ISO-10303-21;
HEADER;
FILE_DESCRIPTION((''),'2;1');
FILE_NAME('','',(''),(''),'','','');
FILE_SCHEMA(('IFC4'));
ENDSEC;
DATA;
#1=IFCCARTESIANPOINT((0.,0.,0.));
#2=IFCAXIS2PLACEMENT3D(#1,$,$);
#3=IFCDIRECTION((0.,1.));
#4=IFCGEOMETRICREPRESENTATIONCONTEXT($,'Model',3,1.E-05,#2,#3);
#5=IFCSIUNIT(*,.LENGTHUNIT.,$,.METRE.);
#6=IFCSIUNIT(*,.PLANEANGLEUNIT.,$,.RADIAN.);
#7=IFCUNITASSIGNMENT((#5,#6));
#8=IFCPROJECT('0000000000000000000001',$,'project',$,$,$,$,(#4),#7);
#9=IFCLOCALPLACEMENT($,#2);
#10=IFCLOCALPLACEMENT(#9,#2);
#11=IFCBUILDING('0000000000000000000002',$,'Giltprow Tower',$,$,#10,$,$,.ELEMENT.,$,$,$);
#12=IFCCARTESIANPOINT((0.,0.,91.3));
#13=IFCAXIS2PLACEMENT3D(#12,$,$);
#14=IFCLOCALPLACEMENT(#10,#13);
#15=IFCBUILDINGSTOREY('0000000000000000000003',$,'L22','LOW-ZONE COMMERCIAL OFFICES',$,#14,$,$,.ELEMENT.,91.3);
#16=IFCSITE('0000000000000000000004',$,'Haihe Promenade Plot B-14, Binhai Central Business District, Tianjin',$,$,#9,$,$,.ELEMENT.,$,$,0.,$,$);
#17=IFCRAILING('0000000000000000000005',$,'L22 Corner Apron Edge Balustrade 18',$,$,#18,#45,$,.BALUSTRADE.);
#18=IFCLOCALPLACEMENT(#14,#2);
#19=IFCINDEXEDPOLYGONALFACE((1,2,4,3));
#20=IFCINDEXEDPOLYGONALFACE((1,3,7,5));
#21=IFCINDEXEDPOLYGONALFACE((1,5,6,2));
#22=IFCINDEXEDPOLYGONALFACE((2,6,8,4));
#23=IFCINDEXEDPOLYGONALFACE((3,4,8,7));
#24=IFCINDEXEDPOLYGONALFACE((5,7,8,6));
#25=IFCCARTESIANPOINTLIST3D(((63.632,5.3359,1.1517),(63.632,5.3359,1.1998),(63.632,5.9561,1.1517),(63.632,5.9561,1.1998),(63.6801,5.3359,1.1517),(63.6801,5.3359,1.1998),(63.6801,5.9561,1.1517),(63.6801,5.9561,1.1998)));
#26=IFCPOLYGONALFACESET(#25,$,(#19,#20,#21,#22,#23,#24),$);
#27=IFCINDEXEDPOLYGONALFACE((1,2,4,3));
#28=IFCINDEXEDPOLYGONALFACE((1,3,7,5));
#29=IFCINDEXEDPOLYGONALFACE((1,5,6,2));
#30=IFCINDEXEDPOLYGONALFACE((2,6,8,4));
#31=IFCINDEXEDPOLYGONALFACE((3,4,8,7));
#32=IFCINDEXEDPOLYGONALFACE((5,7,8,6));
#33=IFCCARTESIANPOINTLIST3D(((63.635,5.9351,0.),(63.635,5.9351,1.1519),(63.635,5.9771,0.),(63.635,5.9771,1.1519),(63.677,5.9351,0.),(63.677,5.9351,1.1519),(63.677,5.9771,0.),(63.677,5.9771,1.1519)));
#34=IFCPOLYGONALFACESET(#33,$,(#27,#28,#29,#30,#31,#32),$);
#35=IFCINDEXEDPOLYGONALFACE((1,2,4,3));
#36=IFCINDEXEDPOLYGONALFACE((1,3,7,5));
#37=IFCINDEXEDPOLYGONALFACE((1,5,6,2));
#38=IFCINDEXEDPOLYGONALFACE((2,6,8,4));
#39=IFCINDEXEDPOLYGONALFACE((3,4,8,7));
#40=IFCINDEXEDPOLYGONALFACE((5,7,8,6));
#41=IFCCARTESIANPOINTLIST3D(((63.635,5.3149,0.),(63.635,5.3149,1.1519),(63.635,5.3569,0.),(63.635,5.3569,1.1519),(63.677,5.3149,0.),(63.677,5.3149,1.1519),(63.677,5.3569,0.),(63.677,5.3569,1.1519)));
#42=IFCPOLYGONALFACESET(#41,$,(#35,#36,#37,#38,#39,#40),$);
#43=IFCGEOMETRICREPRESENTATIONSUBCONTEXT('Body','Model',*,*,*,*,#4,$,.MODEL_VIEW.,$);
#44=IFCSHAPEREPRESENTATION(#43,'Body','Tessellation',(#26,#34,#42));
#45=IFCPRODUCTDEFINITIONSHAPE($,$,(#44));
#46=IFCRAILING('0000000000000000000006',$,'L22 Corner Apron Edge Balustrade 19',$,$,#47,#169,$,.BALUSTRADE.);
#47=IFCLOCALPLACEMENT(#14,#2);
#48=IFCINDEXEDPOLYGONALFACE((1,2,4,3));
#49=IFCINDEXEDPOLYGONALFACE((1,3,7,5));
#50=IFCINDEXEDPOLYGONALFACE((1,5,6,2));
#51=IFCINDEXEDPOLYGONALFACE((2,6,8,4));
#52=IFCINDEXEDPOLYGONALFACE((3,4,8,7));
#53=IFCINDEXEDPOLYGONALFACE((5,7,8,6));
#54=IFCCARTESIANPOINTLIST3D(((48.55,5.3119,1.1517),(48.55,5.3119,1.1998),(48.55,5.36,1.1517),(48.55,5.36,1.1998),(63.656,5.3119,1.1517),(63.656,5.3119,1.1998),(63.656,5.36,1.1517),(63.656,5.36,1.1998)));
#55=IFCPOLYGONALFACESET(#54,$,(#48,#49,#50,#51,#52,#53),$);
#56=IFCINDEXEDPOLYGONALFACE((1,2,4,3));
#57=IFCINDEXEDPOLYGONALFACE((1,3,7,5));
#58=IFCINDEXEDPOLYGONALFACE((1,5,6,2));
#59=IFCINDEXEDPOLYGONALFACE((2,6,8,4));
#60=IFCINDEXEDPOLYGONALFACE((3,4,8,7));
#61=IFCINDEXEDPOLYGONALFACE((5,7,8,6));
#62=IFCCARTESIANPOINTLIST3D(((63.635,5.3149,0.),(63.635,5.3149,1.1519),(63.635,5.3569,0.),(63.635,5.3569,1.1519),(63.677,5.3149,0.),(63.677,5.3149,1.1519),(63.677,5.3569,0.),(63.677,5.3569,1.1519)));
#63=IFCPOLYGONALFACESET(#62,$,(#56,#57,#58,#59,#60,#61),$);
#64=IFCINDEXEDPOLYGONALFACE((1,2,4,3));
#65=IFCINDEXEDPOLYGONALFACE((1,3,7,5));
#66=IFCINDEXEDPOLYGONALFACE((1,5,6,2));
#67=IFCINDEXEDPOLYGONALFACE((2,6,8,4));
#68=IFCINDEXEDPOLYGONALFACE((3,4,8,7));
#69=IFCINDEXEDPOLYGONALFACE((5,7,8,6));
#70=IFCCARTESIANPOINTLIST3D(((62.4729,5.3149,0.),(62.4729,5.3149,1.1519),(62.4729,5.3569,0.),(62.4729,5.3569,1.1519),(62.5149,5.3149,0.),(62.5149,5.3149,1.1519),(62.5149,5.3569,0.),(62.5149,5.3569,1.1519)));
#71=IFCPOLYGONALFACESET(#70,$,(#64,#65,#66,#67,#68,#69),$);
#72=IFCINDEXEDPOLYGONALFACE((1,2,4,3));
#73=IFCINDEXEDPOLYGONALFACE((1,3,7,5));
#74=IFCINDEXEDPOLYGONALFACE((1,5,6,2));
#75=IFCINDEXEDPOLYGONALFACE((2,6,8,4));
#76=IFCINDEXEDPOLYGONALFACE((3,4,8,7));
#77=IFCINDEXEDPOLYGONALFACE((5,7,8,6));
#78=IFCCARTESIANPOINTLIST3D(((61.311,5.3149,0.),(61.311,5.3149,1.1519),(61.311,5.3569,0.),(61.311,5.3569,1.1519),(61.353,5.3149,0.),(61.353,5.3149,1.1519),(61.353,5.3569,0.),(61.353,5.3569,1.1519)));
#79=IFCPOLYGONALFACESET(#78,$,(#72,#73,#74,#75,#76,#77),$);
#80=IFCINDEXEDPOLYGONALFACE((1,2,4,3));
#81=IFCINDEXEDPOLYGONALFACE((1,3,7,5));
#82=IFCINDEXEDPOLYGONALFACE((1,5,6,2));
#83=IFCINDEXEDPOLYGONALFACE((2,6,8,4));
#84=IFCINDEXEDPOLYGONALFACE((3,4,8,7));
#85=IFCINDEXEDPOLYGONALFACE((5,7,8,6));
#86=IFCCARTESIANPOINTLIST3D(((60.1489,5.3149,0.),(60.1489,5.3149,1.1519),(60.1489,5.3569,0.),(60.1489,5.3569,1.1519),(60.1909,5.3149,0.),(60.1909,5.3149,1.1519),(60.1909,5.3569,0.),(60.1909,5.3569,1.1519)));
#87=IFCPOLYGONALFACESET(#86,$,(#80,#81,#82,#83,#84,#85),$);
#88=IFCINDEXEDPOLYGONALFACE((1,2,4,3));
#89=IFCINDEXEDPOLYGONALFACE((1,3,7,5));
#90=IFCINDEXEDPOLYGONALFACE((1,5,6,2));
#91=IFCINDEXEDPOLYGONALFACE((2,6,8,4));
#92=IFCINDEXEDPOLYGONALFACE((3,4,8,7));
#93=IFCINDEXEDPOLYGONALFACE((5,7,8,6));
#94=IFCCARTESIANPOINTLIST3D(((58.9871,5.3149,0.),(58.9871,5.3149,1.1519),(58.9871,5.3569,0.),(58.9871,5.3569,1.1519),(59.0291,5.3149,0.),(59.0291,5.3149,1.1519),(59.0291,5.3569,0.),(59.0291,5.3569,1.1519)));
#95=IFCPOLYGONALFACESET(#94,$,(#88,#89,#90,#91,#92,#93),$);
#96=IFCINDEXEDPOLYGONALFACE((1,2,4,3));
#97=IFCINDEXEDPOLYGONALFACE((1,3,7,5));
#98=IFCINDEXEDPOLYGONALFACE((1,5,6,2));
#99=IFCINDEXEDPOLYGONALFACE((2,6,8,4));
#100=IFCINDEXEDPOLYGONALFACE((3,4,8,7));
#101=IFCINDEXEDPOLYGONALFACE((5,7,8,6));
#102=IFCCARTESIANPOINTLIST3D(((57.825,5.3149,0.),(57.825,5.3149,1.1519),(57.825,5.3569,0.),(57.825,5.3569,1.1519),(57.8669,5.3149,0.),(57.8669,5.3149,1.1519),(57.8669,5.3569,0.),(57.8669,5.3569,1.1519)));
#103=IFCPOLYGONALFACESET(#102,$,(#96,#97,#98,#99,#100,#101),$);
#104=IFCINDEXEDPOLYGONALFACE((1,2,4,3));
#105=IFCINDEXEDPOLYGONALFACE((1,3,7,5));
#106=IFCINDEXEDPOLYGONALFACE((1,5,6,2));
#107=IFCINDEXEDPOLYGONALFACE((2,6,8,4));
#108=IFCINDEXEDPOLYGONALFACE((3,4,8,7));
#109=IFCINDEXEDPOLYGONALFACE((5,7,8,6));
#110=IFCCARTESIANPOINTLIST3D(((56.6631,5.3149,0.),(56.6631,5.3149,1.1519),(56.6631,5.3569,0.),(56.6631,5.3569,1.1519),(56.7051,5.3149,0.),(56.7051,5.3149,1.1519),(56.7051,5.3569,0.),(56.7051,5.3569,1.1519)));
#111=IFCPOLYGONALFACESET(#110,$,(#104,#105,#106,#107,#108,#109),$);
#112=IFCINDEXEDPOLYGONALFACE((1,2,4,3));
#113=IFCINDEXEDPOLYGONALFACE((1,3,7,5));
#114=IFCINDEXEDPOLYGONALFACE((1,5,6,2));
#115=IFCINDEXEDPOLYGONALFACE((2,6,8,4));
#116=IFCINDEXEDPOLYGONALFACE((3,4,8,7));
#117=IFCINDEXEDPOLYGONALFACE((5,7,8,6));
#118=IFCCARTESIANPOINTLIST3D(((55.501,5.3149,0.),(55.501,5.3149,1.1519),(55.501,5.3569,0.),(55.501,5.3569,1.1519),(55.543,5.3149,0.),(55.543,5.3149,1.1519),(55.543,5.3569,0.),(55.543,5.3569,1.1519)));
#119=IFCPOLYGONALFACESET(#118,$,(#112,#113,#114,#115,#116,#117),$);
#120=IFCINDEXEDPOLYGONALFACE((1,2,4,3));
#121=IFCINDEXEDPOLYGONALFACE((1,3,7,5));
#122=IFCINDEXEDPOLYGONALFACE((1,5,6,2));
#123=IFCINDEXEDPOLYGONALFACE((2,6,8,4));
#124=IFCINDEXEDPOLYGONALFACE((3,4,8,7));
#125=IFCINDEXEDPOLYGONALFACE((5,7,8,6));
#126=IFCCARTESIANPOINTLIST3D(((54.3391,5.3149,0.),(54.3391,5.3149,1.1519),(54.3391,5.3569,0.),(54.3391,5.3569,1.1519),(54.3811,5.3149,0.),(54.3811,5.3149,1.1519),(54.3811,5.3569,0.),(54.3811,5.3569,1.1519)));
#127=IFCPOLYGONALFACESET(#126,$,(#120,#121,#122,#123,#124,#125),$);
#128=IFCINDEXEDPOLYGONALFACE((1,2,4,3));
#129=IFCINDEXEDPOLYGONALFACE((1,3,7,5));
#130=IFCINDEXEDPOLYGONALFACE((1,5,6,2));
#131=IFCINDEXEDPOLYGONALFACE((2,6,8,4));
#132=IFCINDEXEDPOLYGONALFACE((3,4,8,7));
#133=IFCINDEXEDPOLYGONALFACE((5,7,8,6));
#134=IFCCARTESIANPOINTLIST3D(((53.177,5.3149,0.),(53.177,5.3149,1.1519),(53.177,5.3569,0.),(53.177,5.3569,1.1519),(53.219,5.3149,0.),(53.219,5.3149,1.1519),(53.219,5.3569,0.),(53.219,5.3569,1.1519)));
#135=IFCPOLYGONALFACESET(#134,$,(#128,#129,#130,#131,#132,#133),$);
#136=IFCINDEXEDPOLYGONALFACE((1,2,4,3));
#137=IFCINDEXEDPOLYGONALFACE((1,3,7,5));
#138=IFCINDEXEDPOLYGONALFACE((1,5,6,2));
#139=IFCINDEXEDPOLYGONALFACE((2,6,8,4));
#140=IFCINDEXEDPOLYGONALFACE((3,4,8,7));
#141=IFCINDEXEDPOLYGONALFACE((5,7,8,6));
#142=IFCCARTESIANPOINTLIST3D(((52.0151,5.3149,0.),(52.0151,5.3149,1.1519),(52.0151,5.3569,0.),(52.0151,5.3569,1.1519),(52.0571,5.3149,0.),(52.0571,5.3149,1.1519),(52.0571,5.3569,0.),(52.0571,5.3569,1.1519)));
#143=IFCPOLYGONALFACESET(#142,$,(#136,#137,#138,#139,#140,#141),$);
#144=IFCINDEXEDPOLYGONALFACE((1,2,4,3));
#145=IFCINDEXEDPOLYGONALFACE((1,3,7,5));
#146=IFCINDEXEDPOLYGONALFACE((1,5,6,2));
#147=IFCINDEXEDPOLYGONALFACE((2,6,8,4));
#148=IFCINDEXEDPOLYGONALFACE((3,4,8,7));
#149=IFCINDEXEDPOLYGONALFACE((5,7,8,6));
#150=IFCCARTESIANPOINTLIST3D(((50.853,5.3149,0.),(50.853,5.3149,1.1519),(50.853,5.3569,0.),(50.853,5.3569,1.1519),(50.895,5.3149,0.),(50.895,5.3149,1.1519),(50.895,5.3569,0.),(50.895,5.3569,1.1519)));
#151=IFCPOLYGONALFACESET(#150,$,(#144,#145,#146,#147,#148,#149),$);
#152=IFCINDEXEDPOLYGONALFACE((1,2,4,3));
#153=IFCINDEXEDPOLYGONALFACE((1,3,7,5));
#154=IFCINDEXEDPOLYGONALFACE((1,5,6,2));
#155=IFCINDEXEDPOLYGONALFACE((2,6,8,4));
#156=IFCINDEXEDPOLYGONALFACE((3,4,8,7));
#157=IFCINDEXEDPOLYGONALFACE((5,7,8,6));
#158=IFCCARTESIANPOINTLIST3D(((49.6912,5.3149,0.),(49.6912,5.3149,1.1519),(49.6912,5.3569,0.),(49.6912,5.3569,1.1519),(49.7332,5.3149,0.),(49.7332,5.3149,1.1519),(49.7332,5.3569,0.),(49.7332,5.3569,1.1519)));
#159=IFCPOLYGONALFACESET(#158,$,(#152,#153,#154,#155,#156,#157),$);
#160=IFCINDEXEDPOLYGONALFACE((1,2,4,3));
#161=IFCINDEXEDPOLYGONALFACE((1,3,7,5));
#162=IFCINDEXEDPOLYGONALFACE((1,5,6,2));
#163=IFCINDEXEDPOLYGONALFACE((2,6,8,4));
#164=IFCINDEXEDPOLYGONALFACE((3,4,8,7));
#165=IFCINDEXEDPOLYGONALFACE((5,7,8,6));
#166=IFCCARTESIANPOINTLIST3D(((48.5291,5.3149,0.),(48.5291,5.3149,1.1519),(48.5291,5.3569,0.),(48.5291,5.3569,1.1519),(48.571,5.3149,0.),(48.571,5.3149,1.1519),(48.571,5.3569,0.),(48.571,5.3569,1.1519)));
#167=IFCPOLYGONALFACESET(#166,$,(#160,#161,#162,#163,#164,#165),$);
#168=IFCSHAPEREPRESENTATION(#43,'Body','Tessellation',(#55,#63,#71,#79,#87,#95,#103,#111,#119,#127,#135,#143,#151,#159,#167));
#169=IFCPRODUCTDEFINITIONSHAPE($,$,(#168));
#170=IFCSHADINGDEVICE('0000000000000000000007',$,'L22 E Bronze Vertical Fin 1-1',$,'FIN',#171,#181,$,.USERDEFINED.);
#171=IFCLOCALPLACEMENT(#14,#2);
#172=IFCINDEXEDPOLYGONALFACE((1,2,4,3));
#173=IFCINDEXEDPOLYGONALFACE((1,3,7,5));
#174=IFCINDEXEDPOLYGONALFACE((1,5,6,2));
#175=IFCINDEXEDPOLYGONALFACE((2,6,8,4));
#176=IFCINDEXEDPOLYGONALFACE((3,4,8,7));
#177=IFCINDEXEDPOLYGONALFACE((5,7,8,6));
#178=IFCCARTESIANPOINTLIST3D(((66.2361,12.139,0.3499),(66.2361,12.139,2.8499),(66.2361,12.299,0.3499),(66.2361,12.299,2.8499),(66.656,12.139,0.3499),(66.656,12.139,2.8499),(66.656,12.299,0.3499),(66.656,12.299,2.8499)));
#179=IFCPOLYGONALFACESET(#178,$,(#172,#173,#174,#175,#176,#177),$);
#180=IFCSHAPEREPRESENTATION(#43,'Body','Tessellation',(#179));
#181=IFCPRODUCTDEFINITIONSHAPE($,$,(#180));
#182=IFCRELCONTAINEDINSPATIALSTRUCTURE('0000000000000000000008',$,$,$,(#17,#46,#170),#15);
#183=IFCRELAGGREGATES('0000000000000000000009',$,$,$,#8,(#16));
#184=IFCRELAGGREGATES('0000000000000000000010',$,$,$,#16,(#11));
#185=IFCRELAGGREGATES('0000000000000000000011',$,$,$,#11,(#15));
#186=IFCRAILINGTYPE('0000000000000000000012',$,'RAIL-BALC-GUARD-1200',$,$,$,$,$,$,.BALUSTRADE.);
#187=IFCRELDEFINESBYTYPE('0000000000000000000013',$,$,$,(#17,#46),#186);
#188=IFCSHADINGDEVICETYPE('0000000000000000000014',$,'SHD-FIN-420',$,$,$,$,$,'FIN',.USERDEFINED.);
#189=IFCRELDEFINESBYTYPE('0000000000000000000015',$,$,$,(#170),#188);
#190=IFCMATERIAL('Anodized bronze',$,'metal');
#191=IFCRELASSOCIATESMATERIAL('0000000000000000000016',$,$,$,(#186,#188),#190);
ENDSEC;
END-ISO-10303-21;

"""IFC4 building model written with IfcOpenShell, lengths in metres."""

from ifc_helpers import new_model, si_unit, direction, frame, origin, origin_2d, place, context, subcontext, project, spatial, rectangle, extrude, source, transform, mapped, material, type_object, element, save


model = new_model("IFC4")

# Units and contexts
model_context = context("Model", 3, precision=1e-05, world=origin(), true_north=direction((0.0, 1.0)))
body_context = subcontext(model_context, "Body", "Model", "MODEL_VIEW")
ifc_project = project(units=[si_unit("LENGTHUNIT", "METRE"), si_unit("PLANEANGLEUNIT", "RADIAN")], contexts=[model_context])

# Site, building, storey
site_placement = place(None, origin())
site = spatial("IfcSite", under=ifc_project, at=site_placement, Name="Haihe Promenade Plot B-14, Binhai Central Business District, Tianjin", CompositionType="ELEMENT", RefElevation=0.0)
building_placement = place(site_placement, origin())
building = spatial("IfcBuilding", under=site, at=building_placement, Name="Giltprow Tower", CompositionType="ELEMENT")
storey_placement = place(building_placement, frame((0.0, 0.0, 91.3)))
storey = spatial("IfcBuildingStorey", under=building, at=storey_placement, Name="L22", Description="LOW-ZONE COMMERCIAL OFFICES", CompositionType="ELEMENT", Elevation=91.3)

# Shared definitions
ifc_material_1 = material(Name="Anodized bronze", Category="metal")

# Railings
railing_type = type_object("IfcRailingType", Name="RAIL-BALC-GUARD-1200", PredefinedType="BALUSTRADE", material=ifc_material_1)
railing_1_placement = place(storey_placement, frame((63.656, 5.9561, 0.0)))
element("IfcRailing", 1, at=railing_1_placement, inside=storey, type_object=railing_type, Name="L22 Corner Apron Edge Balustrade 18", PredefinedType="BALUSTRADE", context=body_context, shape_type="SweptSolid", body=[
    extrude(rectangle(XDim=0.0481, YDim=0.0481, at=origin_2d()), frame((0.0, 0.0, 1.1758), z_axis=(0.0, -1.0, 0.0), x_axis=(1.0, 0.0, 0.0)), (0.0, 0.0, 1.0), 0.6201),
    extrude(rectangle(XDim=0.042, YDim=0.042, at=origin_2d()), origin(), (0.0, 0.0, 1.0), 1.1519),
    extrude(rectangle(XDim=0.042, YDim=0.042, at=origin_2d()), frame((0.0, -0.6201, 0.0)), (0.0, 0.0, 1.0), 1.1519),
])
railing_2_placement = place(storey_placement, frame((63.656, 5.3359, 0.0)))
element("IfcRailing", 2, at=railing_2_placement, inside=storey, type_object=railing_type, Name="L22 Corner Apron Edge Balustrade 19", PredefinedType="BALUSTRADE", context=body_context, shape_type="SweptSolid", body=[
    extrude(rectangle(XDim=0.0481, YDim=0.0481, at=origin_2d()), frame((0.0, 0.0, 1.1758), z_axis=(-1.0, 0.0, 0.0), x_axis=(0.0, -1.0, 0.0)), (0.0, 0.0, 1.0), 15.106),
    extrude(rectangle(XDim=0.042, YDim=0.042, at=origin_2d()), origin(), (0.0, 0.0, 1.0), 1.1519),
    extrude(rectangle(XDim=0.042, YDim=0.042, at=origin_2d()), frame((-1.1621, 0.0, 0.0)), (0.0, 0.0, 1.0), 1.1519),
    extrude(rectangle(XDim=0.042, YDim=0.042, at=origin_2d()), frame((-2.324, 0.0, 0.0)), (0.0, 0.0, 1.0), 1.1519),
    extrude(rectangle(XDim=0.042, YDim=0.042, at=origin_2d()), frame((-3.4861, 0.0, 0.0)), (0.0, 0.0, 1.0), 1.1519),
    extrude(rectangle(XDim=0.042, YDim=0.042, at=origin_2d()), frame((-4.6479, 0.0, 0.0)), (0.0, 0.0, 1.0), 1.1519),
    extrude(rectangle(XDim=0.042, YDim=0.042, at=origin_2d()), frame((-5.8101, 0.0, 0.0)), (0.0, 0.0, 1.0), 1.1519),
    extrude(rectangle(XDim=0.042, YDim=0.042, at=origin_2d()), frame((-6.9719, 0.0, 0.0)), (0.0, 0.0, 1.0), 1.1519),
    extrude(rectangle(XDim=0.042, YDim=0.042, at=origin_2d()), frame((-8.134, 0.0, 0.0)), (0.0, 0.0, 1.0), 1.1519),
    extrude(rectangle(XDim=0.042, YDim=0.042, at=origin_2d()), frame((-9.2959, 0.0, 0.0)), (0.0, 0.0, 1.0), 1.1519),
    extrude(rectangle(XDim=0.042, YDim=0.042, at=origin_2d()), frame((-10.458, 0.0, 0.0)), (0.0, 0.0, 1.0), 1.1519),
    extrude(rectangle(XDim=0.042, YDim=0.042, at=origin_2d()), frame((-11.6199, 0.0, 0.0)), (0.0, 0.0, 1.0), 1.1519),
    extrude(rectangle(XDim=0.042, YDim=0.042, at=origin_2d()), frame((-12.782, 0.0, 0.0)), (0.0, 0.0, 1.0), 1.1519),
    extrude(rectangle(XDim=0.042, YDim=0.042, at=origin_2d()), frame((-13.9438, 0.0, 0.0)), (0.0, 0.0, 1.0), 1.1519),
    extrude(rectangle(XDim=0.042, YDim=0.042, at=origin_2d()), frame((-15.106, 0.0, 0.0)), (0.0, 0.0, 1.0), 1.1519),
])

# Shading device
shading_device_type = type_object("IfcShadingDeviceType", Name="SHD-FIN-420", ElementType="FIN", PredefinedType="USERDEFINED", material=ifc_material_1)
shared_shape_1 = source(origin(), body_context, "Body", "SweptSolid", [
    extrude(rectangle(XDim=0.4199, YDim=0.1599, at=origin_2d()), origin(), (0.0, 0.0, 1.0), 2.5),
])
shading_device_placement = place(storey_placement, frame((66.446, 12.219, 0.3499), z_axis=(0.0, 0.0, 1.0), x_axis=(1.0, 0.0, 0.0)))
element("IfcShadingDevice", 3, at=shading_device_placement, inside=storey, type_object=shading_device_type, Name="L22 E Bronze Vertical Fin 1-1", ObjectType="FIN", PredefinedType="USERDEFINED", context=body_context, shape_type="MappedRepresentation", body=[
    mapped(shared_shape_1, transform((0.0, 0.0, 0.0), x_axis=(1.0, 0.0, 0.0), y_axis=(0.0, 1.0, 0.0), z_axis=(0.0, 0.0, 1.0), scale=1.0)),
])

save(model, "model.ifc")
